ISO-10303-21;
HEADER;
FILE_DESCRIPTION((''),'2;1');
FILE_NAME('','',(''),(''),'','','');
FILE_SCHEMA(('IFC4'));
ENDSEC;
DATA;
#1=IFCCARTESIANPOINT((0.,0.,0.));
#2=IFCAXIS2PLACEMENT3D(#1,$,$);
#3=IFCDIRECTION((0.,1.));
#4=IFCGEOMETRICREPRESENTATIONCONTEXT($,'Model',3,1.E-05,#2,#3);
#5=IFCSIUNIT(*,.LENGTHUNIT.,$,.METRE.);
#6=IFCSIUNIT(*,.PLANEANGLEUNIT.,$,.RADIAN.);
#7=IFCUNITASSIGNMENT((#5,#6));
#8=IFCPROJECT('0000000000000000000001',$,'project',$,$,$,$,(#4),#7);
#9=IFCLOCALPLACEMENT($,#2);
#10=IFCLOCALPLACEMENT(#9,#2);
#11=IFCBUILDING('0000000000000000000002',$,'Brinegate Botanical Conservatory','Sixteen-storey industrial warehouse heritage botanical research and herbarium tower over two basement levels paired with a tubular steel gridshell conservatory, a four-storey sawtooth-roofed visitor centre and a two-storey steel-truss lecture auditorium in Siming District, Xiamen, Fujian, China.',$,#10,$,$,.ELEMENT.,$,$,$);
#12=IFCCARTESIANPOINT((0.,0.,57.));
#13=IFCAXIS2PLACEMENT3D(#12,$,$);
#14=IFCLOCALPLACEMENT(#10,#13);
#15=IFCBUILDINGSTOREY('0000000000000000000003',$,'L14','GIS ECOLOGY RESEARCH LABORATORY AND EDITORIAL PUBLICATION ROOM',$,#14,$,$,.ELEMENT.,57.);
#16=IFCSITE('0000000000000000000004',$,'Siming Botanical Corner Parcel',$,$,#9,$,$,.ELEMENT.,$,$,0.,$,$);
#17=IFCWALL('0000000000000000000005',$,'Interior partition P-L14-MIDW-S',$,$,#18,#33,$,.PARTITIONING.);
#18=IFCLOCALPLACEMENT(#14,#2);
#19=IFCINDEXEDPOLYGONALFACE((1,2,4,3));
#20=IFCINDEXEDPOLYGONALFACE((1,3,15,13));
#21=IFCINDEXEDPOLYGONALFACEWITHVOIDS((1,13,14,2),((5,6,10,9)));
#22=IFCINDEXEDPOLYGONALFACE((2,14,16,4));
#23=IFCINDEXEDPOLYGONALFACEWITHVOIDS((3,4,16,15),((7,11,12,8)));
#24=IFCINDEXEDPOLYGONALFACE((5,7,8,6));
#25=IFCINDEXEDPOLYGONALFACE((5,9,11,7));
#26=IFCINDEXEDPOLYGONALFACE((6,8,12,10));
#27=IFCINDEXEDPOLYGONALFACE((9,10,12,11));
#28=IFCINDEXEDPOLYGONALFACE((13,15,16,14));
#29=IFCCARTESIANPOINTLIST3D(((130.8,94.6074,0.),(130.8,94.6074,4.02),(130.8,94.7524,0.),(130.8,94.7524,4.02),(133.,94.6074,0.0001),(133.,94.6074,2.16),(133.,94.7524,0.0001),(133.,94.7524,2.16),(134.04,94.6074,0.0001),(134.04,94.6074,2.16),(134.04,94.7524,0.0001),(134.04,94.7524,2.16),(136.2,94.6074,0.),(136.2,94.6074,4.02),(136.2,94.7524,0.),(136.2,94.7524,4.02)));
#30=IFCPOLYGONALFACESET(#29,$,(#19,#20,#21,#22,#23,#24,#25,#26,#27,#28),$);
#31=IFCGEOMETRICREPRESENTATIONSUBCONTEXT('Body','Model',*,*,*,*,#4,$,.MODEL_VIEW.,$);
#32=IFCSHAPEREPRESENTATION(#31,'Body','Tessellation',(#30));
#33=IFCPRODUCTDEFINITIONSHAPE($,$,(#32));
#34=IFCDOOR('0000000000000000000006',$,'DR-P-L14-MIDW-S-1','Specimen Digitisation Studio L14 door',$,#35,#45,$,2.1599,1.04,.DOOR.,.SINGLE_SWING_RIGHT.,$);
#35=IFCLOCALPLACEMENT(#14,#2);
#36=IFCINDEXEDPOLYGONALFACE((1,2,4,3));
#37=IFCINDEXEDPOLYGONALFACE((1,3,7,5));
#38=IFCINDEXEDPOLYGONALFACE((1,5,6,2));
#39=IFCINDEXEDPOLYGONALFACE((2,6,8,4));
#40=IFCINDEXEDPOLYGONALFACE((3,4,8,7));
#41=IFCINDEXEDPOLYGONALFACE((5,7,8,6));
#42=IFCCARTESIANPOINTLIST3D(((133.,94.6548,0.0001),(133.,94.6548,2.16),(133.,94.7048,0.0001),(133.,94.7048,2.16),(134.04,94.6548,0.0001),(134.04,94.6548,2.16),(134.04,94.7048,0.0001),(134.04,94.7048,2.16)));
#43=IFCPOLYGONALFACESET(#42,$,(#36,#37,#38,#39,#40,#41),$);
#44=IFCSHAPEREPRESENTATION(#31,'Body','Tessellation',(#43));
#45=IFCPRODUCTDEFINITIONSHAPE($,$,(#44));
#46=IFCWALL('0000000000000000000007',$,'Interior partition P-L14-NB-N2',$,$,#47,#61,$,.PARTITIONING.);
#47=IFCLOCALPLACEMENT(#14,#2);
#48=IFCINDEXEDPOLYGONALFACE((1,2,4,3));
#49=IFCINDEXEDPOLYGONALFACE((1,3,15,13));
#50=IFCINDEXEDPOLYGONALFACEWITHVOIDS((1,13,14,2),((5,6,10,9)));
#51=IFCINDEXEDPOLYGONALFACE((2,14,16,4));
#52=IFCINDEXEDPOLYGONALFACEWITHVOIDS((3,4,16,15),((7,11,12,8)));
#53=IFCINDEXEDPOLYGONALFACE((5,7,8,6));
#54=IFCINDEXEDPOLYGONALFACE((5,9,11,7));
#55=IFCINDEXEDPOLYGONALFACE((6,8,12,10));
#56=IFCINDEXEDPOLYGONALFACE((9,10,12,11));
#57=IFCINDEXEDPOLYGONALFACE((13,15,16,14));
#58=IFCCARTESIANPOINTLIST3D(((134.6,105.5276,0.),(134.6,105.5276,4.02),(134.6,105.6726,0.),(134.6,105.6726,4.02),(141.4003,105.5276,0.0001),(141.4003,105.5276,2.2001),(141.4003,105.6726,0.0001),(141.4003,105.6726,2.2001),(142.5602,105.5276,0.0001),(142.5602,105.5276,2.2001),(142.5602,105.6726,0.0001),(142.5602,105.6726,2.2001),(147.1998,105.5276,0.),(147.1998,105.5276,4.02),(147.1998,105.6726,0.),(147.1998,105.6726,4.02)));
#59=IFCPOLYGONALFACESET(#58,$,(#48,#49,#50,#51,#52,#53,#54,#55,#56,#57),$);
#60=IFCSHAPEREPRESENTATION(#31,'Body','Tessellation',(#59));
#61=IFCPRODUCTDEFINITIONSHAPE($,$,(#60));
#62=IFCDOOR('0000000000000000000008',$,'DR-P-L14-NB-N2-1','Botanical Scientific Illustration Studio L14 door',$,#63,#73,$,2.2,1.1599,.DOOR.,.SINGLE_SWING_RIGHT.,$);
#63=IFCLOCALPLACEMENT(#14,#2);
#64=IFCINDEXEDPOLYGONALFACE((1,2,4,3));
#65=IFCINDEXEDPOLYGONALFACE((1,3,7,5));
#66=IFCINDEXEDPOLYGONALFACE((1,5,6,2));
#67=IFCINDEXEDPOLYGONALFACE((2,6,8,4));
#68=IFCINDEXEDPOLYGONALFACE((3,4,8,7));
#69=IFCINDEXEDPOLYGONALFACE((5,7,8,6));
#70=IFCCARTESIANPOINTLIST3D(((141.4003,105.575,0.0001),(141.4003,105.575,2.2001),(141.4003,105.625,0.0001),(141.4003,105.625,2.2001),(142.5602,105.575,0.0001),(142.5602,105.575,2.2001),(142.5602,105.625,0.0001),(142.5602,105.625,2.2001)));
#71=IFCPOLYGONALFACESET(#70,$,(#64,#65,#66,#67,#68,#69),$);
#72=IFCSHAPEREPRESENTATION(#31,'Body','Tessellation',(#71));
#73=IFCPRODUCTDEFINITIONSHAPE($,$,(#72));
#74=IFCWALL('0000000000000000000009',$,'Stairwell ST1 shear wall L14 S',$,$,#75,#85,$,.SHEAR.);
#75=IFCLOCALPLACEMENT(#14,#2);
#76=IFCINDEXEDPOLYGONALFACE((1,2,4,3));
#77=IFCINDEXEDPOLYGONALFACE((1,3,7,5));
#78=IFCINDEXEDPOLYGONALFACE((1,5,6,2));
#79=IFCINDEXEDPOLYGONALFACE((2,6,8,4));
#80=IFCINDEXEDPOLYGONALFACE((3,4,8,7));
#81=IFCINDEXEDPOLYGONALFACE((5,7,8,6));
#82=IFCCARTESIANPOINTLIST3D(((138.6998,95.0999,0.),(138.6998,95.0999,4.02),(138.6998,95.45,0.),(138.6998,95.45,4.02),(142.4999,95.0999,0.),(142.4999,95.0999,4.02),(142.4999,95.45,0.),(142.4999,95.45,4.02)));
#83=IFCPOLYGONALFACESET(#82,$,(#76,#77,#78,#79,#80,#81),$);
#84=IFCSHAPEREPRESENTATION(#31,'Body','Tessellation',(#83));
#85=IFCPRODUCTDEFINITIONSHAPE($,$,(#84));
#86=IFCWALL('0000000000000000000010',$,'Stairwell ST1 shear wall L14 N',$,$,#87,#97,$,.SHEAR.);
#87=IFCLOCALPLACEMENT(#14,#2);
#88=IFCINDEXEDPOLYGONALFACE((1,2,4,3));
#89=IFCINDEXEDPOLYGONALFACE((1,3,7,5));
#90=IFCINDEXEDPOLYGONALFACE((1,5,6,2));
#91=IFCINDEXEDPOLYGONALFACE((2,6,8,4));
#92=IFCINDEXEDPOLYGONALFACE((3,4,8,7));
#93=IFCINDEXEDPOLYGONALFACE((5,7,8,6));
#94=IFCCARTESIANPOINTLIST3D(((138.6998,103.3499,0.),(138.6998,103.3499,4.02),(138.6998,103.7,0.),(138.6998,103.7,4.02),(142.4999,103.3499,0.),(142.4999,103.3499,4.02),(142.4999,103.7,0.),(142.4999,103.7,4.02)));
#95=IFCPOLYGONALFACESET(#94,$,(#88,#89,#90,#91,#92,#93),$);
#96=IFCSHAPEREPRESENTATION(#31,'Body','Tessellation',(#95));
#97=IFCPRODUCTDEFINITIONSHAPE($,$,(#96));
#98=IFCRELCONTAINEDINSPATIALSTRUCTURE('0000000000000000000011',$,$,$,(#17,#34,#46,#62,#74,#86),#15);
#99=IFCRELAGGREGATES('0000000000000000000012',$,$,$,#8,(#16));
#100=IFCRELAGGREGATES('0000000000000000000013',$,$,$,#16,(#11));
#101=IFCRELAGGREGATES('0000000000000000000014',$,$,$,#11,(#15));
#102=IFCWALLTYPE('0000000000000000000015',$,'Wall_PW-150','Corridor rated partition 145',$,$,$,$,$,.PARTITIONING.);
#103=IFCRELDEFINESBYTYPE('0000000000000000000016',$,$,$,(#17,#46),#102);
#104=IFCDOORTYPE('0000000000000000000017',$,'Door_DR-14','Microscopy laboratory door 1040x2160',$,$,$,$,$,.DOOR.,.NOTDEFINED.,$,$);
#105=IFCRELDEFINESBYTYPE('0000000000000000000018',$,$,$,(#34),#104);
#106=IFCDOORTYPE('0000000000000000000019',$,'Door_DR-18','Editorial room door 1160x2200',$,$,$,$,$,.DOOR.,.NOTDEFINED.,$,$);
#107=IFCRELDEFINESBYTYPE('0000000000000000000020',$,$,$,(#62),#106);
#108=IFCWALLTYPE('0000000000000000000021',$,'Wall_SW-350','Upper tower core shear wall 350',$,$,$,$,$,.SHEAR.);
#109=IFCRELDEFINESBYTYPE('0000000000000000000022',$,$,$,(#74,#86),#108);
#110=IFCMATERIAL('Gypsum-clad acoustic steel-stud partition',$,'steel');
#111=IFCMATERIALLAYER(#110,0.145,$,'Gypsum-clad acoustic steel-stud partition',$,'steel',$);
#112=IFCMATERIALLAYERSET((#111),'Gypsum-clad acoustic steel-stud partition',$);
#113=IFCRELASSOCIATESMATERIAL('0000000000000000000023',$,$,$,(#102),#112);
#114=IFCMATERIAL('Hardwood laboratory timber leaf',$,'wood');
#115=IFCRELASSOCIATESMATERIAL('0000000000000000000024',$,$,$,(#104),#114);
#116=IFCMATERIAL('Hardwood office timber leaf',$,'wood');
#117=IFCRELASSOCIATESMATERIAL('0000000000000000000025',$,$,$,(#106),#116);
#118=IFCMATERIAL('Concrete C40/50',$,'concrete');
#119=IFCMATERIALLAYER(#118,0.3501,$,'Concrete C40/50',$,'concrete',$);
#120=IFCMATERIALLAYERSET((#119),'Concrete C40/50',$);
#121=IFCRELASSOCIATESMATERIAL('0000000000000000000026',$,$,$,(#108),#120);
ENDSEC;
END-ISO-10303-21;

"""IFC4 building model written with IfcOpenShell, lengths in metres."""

from ifc_helpers import new_model, si_unit, direction, frame, frame_2d, origin, place, context, subcontext, project, spatial, rectangle, extrude, material, layer, layer_set, type_object, element, fill, save


model = new_model("IFC4")

# Units and contexts
model_context = context("Model", 3, precision=1e-05, world=origin(), true_north=direction((0.0, 1.0)))
body_context = subcontext(model_context, "Body", "Model", "MODEL_VIEW")
ifc_project = project(units=[si_unit("LENGTHUNIT", "METRE"), si_unit("PLANEANGLEUNIT", "RADIAN")], contexts=[model_context])

# Site, building, storey
site_placement = place(None, origin())
site = spatial("IfcSite", under=ifc_project, at=site_placement, Name="Siming Botanical Corner Parcel", CompositionType="ELEMENT", RefElevation=0.0)
building_placement = place(site_placement, origin())
building = spatial("IfcBuilding", under=site, at=building_placement, Name="Brinegate Botanical Conservatory", Description="Sixteen-storey industrial warehouse heritage botanical research and herbarium tower over two basement levels paired with a tubular steel gridshell conservatory, a four-storey sawtooth-roofed visitor centre and a two-storey steel-truss lecture auditorium in Siming District, Xiamen, Fujian, China.", CompositionType="ELEMENT")
storey_placement = place(building_placement, frame((0.0, 0.0, 57.0)))
storey = spatial("IfcBuildingStorey", under=building, at=storey_placement, Name="L14", Description="GIS ECOLOGY RESEARCH LABORATORY AND EDITORIAL PUBLICATION ROOM", CompositionType="ELEMENT", Elevation=57.0)

# Shared definitions
ifc_material_1 = material(Name="Concrete C40/50", Category="concrete")

# Walls, openings, doors
ifc_material_2 = material(Name="Gypsum-clad acoustic steel-stud partition", Category="steel")
ifc_layer_1 = layer(ifc_material_2, 0.145, Name="Gypsum-clad acoustic steel-stud partition", Category="steel")
ifc_layer_set_1 = layer_set([ifc_layer_1], Name="Gypsum-clad acoustic steel-stud partition")
wall_type_1 = type_object("IfcWallType", Name="Wall_PW-150", Description="Corridor rated partition 145", PredefinedType="PARTITIONING", material=ifc_layer_set_1)
wall_1_placement = place(storey_placement, frame((130.8, 94.6799, 0.0), z_axis=(0.0, 0.0, 1.0), x_axis=(1.0, 0.0, 0.0)))
wall_1 = element("IfcWall", 1, at=wall_1_placement, inside=storey, type_object=wall_type_1, Name="Interior partition P-L14-MIDW-S", PredefinedType="PARTITIONING", context=body_context, shape_type="SweptSolid", body=[
    extrude(rectangle(XDim=5.3999, YDim=0.145, at=frame_2d((2.7, 0.0))), origin(), (0.0, 0.0, 1.0), 4.02),
])
opening_1_placement = place(wall_1_placement, frame((2.2, 0.0, 0.0)))
opening_1 = element("IfcOpeningElement", 2, at=opening_1_placement, cuts=wall_1, PredefinedType="OPENING", context=body_context, shape_type="SweptSolid", body=[
    extrude(rectangle(XDim=1.04, YDim=2.1599, at=frame_2d((0.52, 1.0801))), frame((0.0, 0.0825, 0.0), z_axis=(0.0, -1.0, 0.0), x_axis=(1.0, 0.0, 0.0)), (0.0, 0.0, 1.0), 0.165),
])
ifc_material_3 = material(Name="Hardwood laboratory timber leaf", Category="wood")
door_type_1 = type_object("IfcDoorType", Name="Door_DR-14", Description="Microscopy laboratory door 1040x2160", OperationType="NOTDEFINED", PredefinedType="DOOR", material=ifc_material_3)
door_1_placement = place(opening_1_placement, origin())
door_1 = element("IfcDoor", 3, at=door_1_placement, inside=storey, type_object=door_type_1, Name="DR-P-L14-MIDW-S-1", Description="Specimen Digitisation Studio L14 door", OperationType="SINGLE_SWING_RIGHT", OverallHeight=2.1599, OverallWidth=1.04, PredefinedType="DOOR", context=body_context, shape_type="SweptSolid", body=[
    extrude(rectangle(XDim=1.04, YDim=2.1599, at=frame_2d((0.52, 1.0801))), frame((0.0, 0.0249, 0.0), z_axis=(0.0, -1.0, 0.0), x_axis=(1.0, 0.0, 0.0)), (0.0, 0.0, 1.0), 0.05),
])
fill(opening_1, door_1)
wall_2_placement = place(storey_placement, frame((134.6001, 105.6001, 0.0), z_axis=(0.0, 0.0, 1.0), x_axis=(1.0, 0.0, 0.0)))
wall_2 = element("IfcWall", 4, at=wall_2_placement, inside=storey, type_object=wall_type_1, Name="Interior partition P-L14-NB-N2", PredefinedType="PARTITIONING", context=body_context, shape_type="SweptSolid", body=[
    extrude(rectangle(XDim=12.5999, YDim=0.145, at=frame_2d((6.2998, 0.0))), origin(), (0.0, 0.0, 1.0), 4.02),
])
opening_2_placement = place(wall_2_placement, frame((6.8, 0.0, 0.0)))
opening_2 = element("IfcOpeningElement", 5, at=opening_2_placement, cuts=wall_2, PredefinedType="OPENING", context=body_context, shape_type="SweptSolid", body=[
    extrude(rectangle(XDim=1.1599, YDim=2.2, at=frame_2d((0.5801, 1.1001))), frame((0.0, 0.0825, 0.0), z_axis=(0.0, -1.0, 0.0), x_axis=(1.0, 0.0, 0.0)), (0.0, 0.0, 1.0), 0.165),
])
ifc_material_4 = material(Name="Hardwood office timber leaf", Category="wood")
door_type_2 = type_object("IfcDoorType", Name="Door_DR-18", Description="Editorial room door 1160x2200", OperationType="NOTDEFINED", PredefinedType="DOOR", material=ifc_material_4)
door_2_placement = place(opening_2_placement, origin())
door_2 = element("IfcDoor", 6, at=door_2_placement, inside=storey, type_object=door_type_2, Name="DR-P-L14-NB-N2-1", Description="Botanical Scientific Illustration Studio L14 door", OperationType="SINGLE_SWING_RIGHT", OverallHeight=2.2, OverallWidth=1.1599, PredefinedType="DOOR", context=body_context, shape_type="SweptSolid", body=[
    extrude(rectangle(XDim=1.1599, YDim=2.2, at=frame_2d((0.5801, 1.1001))), frame((0.0, 0.0249, 0.0), z_axis=(0.0, -1.0, 0.0), x_axis=(1.0, 0.0, 0.0)), (0.0, 0.0, 1.0), 0.05),
])
fill(opening_2, door_2)

# Walls
ifc_layer_2 = layer(ifc_material_1, 0.3501, Name="Concrete C40/50", Category="concrete")
ifc_layer_set_2 = layer_set([ifc_layer_2], Name="Concrete C40/50")
wall_type_2 = type_object("IfcWallType", Name="Wall_SW-350", Description="Upper tower core shear wall 350", PredefinedType="SHEAR", material=ifc_layer_set_2)
for number, where, z_axis, x_axis, name in (
    (7, (138.7, 95.2749, 0.0), (0.0, 0.0, 1.0), (1.0, 0.0, 0.0), "Stairwell ST1 shear wall L14 S"),
    (8, (138.7, 103.5249, 0.0), (0.0, 0.0, 1.0), (1.0, 0.0, 0.0), "Stairwell ST1 shear wall L14 N"),
):
    element("IfcWall", number, at=place(storey_placement, frame(where, z_axis=z_axis, x_axis=x_axis)), inside=storey, type_object=wall_type_2, Name=name, PredefinedType="SHEAR", context=body_context, shape_type="SweptSolid", body=[
        extrude(rectangle(XDim=3.8, YDim=0.3501, at=frame_2d((1.8999, 0.0))), origin(), (0.0, 0.0, 1.0), 4.02),
    ])

save(model, "model.ifc")
